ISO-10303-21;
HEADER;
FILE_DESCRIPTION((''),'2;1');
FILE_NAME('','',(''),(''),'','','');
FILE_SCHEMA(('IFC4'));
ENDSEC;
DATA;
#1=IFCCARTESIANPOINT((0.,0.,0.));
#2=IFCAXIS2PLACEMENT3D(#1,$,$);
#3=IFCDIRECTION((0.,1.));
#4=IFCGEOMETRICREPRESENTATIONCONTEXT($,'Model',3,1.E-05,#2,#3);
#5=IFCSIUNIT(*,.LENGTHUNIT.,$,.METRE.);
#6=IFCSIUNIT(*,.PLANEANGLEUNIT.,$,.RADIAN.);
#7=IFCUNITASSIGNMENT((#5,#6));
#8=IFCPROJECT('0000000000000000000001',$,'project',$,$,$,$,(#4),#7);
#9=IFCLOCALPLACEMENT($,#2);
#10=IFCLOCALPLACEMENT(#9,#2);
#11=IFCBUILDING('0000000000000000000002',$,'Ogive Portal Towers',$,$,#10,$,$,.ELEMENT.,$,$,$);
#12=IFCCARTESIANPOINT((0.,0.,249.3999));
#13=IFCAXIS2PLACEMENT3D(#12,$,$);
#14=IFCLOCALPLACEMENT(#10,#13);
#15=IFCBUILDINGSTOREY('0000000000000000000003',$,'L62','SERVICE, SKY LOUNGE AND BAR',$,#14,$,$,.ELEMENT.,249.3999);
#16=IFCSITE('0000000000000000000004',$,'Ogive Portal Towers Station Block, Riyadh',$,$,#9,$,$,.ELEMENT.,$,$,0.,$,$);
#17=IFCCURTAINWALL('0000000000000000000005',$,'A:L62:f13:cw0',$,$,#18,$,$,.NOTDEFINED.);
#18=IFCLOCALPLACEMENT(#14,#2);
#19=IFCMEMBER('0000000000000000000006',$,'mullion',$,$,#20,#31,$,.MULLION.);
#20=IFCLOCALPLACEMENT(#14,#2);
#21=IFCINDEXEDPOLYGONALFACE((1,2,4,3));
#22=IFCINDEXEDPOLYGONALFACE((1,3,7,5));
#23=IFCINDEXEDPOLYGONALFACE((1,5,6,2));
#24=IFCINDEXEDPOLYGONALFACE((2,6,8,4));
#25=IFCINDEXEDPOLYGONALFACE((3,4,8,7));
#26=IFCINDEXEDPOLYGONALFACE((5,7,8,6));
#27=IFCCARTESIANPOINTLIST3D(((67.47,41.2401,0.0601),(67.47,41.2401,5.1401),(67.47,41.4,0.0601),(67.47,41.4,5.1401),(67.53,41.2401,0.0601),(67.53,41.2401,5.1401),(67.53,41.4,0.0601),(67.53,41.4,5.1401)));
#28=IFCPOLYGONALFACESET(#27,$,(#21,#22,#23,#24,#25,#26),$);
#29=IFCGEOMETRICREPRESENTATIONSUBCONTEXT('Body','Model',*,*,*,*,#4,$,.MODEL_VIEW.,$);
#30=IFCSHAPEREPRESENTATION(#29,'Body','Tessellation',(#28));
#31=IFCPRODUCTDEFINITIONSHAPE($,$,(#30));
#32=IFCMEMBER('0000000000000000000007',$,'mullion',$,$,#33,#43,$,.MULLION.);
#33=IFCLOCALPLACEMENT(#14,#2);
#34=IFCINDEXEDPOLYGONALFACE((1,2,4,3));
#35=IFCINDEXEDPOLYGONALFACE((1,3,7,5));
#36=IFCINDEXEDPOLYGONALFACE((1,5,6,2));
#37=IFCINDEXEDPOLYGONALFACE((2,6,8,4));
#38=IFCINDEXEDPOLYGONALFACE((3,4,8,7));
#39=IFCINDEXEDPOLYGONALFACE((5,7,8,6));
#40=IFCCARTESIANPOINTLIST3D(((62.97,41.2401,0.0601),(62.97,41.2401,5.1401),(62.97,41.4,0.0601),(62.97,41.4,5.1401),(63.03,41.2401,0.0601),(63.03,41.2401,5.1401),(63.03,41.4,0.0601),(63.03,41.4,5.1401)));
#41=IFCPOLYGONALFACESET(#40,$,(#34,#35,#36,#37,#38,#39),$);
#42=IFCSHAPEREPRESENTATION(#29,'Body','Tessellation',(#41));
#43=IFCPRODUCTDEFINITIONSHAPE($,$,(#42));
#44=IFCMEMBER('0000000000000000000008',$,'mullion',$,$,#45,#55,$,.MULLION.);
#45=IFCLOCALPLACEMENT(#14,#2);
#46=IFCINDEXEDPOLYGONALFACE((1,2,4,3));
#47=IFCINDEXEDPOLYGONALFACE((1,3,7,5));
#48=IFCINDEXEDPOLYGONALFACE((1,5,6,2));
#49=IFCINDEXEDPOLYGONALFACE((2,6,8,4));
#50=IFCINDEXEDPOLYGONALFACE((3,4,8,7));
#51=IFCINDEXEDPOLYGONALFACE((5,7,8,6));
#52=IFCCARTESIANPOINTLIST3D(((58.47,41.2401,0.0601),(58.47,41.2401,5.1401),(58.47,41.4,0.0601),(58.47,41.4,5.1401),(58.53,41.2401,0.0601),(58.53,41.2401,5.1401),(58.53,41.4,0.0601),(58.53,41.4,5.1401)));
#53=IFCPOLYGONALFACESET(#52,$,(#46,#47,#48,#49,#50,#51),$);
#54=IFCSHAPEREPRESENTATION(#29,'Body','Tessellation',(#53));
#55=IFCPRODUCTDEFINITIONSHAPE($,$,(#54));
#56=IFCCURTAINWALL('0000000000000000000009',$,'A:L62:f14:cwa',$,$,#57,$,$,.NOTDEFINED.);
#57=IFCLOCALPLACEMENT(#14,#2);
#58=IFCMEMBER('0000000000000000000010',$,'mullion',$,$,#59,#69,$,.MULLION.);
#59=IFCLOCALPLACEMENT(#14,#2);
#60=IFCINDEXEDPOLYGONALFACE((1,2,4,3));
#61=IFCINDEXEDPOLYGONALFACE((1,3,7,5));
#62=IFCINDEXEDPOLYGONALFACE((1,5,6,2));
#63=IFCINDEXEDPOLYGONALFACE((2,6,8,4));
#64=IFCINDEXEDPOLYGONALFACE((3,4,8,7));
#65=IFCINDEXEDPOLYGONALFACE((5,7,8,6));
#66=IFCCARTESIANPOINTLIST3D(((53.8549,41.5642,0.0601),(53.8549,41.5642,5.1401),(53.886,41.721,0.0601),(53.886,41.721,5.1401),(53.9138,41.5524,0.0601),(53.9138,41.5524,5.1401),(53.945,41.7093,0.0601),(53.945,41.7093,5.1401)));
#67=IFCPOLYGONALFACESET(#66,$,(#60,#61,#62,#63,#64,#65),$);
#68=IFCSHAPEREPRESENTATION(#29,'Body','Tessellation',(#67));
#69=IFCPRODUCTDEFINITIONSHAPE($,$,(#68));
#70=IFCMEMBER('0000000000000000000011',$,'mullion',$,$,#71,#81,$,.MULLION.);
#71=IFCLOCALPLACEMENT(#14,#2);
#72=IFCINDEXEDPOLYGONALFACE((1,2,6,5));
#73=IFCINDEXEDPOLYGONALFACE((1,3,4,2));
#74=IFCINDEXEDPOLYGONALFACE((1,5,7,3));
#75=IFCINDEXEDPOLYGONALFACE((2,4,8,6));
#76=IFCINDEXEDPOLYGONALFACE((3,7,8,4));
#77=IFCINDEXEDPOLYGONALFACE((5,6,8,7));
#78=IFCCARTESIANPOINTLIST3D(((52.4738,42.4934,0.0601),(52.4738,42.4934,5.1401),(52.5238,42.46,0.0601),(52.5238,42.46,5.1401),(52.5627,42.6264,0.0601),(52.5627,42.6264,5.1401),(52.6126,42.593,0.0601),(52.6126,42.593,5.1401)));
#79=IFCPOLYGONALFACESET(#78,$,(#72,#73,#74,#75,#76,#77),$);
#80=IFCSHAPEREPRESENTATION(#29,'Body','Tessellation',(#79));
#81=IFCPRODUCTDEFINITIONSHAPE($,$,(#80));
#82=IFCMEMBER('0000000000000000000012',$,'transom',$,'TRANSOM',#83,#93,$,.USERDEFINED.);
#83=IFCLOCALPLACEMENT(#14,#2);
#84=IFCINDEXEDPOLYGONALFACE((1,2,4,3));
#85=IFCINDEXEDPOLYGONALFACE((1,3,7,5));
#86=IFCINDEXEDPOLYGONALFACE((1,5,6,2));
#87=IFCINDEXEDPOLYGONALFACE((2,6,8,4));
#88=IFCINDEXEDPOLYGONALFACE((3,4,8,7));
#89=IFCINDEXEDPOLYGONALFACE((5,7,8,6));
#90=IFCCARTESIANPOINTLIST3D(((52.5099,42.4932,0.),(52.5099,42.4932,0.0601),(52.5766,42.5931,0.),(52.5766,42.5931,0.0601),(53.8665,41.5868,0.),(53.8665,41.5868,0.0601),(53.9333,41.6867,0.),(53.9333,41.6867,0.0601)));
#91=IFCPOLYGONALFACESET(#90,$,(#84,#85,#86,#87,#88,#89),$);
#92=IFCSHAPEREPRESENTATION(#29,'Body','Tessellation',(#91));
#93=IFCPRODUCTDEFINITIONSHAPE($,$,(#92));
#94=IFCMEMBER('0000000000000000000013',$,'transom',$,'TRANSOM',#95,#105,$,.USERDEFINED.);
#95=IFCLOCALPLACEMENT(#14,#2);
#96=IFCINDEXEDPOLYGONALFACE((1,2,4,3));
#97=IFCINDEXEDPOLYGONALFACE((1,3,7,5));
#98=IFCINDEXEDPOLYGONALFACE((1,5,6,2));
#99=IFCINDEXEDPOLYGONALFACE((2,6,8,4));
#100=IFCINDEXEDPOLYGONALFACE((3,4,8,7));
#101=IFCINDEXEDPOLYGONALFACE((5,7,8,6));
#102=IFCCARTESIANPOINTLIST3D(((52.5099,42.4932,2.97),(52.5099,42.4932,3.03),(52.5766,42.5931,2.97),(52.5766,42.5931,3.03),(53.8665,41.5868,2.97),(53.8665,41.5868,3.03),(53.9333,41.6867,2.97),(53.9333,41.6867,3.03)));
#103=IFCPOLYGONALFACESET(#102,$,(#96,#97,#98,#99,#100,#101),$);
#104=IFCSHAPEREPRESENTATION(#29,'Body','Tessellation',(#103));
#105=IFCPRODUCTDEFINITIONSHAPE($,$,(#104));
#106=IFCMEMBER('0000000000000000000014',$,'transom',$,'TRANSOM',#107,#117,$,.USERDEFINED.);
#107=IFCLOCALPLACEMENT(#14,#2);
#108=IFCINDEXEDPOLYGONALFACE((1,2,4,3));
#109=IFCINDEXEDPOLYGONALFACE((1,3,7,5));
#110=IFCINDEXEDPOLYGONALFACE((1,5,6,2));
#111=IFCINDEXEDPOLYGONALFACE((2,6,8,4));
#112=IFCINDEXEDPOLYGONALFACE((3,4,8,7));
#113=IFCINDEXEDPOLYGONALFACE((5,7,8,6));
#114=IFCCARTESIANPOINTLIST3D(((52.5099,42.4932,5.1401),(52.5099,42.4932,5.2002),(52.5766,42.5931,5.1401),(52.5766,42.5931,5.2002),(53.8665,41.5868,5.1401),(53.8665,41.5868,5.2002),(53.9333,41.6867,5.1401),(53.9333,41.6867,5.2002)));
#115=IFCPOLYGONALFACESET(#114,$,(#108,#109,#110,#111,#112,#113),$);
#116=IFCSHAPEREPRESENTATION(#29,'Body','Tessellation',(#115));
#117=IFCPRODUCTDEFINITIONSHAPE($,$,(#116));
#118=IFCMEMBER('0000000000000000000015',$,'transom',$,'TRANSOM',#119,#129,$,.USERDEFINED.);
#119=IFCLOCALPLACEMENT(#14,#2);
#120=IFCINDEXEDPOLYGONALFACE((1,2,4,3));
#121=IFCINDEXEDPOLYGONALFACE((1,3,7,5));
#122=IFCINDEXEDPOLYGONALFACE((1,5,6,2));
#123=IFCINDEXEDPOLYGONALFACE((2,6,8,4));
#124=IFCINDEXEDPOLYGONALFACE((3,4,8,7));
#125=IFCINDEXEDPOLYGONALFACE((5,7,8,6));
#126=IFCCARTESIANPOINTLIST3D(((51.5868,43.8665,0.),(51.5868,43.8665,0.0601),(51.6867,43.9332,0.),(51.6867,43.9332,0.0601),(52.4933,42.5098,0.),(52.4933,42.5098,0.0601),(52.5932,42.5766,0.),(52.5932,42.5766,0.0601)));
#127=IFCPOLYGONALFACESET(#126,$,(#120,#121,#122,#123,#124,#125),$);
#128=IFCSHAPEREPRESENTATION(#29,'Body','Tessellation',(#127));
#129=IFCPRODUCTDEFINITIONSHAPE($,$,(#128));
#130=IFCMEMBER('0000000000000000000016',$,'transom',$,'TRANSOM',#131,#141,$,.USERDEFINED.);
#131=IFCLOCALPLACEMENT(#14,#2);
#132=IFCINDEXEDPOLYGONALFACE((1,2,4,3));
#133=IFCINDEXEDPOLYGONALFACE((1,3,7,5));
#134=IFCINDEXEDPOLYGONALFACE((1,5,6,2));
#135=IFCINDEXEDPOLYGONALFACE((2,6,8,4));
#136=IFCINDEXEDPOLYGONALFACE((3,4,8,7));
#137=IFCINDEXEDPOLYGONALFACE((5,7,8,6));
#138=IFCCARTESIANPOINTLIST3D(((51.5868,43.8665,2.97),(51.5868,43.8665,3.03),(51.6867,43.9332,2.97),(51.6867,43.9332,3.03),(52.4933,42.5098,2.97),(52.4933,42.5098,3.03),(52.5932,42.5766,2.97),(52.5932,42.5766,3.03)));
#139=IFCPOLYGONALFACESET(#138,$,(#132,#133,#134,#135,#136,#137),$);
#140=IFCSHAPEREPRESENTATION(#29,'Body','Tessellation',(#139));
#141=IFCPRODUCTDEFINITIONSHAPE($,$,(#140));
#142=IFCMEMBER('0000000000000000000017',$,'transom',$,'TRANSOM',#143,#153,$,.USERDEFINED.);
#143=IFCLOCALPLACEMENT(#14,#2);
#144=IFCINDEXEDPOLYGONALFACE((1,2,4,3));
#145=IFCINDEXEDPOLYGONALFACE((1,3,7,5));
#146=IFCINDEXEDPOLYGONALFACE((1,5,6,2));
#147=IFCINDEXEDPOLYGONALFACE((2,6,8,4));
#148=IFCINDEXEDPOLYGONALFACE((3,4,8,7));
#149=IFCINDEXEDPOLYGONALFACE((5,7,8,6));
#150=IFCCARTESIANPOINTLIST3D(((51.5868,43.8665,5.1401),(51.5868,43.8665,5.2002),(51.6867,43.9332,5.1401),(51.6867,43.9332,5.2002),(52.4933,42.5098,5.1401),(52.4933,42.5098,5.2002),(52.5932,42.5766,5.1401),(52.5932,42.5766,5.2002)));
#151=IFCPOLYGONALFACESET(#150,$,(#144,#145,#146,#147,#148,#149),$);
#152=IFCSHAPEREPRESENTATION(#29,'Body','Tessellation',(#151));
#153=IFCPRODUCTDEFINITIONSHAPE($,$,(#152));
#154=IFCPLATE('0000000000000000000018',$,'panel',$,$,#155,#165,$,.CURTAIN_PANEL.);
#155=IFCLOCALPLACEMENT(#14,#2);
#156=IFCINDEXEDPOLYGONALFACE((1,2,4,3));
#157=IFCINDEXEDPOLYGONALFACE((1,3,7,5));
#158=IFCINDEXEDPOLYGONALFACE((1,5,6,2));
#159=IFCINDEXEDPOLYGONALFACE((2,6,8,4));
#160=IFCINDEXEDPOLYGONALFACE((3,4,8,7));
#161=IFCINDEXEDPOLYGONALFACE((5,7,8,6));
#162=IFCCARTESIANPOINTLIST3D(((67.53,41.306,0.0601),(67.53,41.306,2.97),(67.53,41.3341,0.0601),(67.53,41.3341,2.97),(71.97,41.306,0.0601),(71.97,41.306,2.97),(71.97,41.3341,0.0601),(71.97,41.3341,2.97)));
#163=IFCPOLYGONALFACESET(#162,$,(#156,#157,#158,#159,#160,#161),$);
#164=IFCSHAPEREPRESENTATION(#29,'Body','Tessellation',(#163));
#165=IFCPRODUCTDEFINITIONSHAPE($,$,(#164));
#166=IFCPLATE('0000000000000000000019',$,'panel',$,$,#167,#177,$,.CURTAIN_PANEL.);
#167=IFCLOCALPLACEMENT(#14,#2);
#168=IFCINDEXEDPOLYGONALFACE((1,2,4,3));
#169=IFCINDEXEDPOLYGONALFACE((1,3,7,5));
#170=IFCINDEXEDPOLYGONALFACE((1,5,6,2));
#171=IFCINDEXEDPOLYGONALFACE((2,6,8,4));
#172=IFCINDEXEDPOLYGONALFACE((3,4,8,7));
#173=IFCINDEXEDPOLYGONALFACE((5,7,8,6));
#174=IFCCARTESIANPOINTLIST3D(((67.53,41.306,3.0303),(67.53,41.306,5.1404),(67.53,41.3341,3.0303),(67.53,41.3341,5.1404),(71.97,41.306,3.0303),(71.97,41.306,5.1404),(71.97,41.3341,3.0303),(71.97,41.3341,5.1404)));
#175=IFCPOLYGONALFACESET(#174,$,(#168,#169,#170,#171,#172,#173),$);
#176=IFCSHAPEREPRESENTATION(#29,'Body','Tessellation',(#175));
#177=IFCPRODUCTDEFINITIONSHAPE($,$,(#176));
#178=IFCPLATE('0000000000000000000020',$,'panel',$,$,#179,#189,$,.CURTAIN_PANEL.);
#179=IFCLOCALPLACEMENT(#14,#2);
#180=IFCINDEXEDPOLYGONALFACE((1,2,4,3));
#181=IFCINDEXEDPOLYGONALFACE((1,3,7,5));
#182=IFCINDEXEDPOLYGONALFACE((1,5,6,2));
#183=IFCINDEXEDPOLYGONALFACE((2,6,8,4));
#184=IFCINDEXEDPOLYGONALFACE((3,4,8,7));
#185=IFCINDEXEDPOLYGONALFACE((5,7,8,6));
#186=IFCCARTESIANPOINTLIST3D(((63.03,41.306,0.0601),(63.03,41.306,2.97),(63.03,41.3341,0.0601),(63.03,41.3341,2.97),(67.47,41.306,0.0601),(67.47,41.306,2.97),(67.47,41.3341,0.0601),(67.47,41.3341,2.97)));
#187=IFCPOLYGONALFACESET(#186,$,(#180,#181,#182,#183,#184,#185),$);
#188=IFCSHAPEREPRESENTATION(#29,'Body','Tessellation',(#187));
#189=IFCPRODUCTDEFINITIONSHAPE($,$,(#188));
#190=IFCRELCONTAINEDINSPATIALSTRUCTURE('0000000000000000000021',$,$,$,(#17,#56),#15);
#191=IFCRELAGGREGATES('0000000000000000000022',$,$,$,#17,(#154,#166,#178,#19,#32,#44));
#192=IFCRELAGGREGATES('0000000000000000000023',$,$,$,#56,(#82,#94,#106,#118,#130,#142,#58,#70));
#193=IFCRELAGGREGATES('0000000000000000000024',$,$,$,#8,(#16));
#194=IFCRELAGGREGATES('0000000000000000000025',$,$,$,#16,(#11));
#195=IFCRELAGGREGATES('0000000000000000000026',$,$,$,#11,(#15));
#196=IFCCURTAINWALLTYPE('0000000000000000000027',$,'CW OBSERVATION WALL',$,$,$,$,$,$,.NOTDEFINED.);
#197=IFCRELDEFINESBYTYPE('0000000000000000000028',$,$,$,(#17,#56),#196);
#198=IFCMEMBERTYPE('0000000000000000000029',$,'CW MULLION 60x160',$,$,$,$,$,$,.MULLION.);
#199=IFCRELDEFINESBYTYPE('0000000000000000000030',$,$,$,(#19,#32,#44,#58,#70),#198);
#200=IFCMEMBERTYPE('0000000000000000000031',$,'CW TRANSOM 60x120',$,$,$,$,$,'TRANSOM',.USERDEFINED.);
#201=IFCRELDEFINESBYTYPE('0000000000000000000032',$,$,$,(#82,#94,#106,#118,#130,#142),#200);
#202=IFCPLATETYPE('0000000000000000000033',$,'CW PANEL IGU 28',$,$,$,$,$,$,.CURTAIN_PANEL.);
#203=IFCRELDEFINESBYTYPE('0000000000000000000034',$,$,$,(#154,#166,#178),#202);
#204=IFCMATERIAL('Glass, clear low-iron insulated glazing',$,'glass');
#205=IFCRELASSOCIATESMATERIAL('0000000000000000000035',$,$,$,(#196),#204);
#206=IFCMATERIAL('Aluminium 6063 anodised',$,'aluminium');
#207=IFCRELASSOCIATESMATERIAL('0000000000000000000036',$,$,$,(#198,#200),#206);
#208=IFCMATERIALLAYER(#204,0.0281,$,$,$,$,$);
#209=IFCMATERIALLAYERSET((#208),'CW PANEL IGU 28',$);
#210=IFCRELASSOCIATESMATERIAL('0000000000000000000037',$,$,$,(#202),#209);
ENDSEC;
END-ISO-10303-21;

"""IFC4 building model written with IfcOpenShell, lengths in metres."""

from ifc_helpers import new_model, si_unit, direction, frame, origin, origin_2d, place, context, subcontext, project, spatial, rectangle, extrude, material, layer, layer_set, material_profile, profile_set, type_object, element, aggregate, save


model = new_model("IFC4")

# Units and contexts
model_context = context("Model", 3, precision=1e-05, world=origin(), true_north=direction((0.0, 1.0)))
body_context = subcontext(model_context, "Body", "Model", "MODEL_VIEW")
ifc_project = project(units=[si_unit("LENGTHUNIT", "METRE"), si_unit("PLANEANGLEUNIT", "RADIAN")], contexts=[model_context])

# Site, building, storey
site_placement = place(None, origin())
site = spatial("IfcSite", under=ifc_project, at=site_placement, Name="Ogive Portal Towers Station Block, Riyadh", CompositionType="ELEMENT", RefElevation=0.0)
building_placement = place(site_placement, origin())
building = spatial("IfcBuilding", under=site, at=building_placement, Name="Ogive Portal Towers", CompositionType="ELEMENT")
storey_placement = place(building_placement, frame((0.0, 0.0, 249.3999)))
storey = spatial("IfcBuildingStorey", under=building, at=storey_placement, Name="L62", Description="SERVICE, SKY LOUNGE AND BAR", CompositionType="ELEMENT", Elevation=249.3999)

# Curtain walls, members
ifc_material_1 = material(Name="Glass, clear low-iron insulated glazing", Category="glass")
curtain_wall_type = type_object("IfcCurtainWallType", Name="CW OBSERVATION WALL", PredefinedType="NOTDEFINED", material=ifc_material_1)
curtain_wall_1_placement = place(storey_placement, origin())
curtain_wall_1 = element("IfcCurtainWall", 1, at=curtain_wall_1_placement, inside=storey, type_object=curtain_wall_type, Name="A:L62:f13:cw0", PredefinedType="NOTDEFINED")
ifc_material_2 = material(Name="Aluminium 6063 anodised", Category="aluminium")
ifc_material_profile_1 = material_profile(ifc_material_2, rectangle(XDim=0.1599, YDim=0.0601, at=origin_2d()), Name="AL 60x160")
ifc_profile_set_1 = profile_set([ifc_material_profile_1], Name="Aluminium 6063 anodised")
member_type_1 = type_object("IfcMemberType", Name="CW MULLION 60x160", PredefinedType="MULLION", material=ifc_profile_set_1)
member_1_placement = place(storey_placement, frame((67.5, 41.3201, 0.0601), z_axis=(0.0, 0.0, 1.0), x_axis=(0.0, -1.0, 0.0)))
member_1 = element("IfcMember", 2, at=member_1_placement, type_object=member_type_1, Name="mullion", PredefinedType="MULLION", context=body_context, shape_type="SweptSolid", body=[
    extrude(rectangle(XDim=0.1599, YDim=0.0601, at=origin_2d()), origin(), (0.0, 0.0, 1.0), 5.0801),
])
member_2_placement = place(storey_placement, frame((63.0, 41.3201, 0.0601), z_axis=(0.0, 0.0, 1.0), x_axis=(0.0, -1.0, 0.0)))
member_2 = element("IfcMember", 3, at=member_2_placement, type_object=member_type_1, Name="mullion", PredefinedType="MULLION", context=body_context, shape_type="SweptSolid", body=[
    extrude(rectangle(XDim=0.1599, YDim=0.0601, at=origin_2d()), origin(), (0.0, 0.0, 1.0), 5.0801),
])
member_3_placement = place(storey_placement, frame((58.5, 41.3201, 0.0601), z_axis=(0.0, 0.0, 1.0), x_axis=(0.0, -1.0, 0.0)))
member_3 = element("IfcMember", 4, at=member_3_placement, type_object=member_type_1, Name="mullion", PredefinedType="MULLION", context=body_context, shape_type="SweptSolid", body=[
    extrude(rectangle(XDim=0.1599, YDim=0.0601, at=origin_2d()), origin(), (0.0, 0.0, 1.0), 5.0801),
])
curtain_wall_2_placement = place(storey_placement, origin())
curtain_wall_2 = element("IfcCurtainWall", 5, at=curtain_wall_2_placement, inside=storey, type_object=curtain_wall_type, Name="A:L62:f14:cwa", PredefinedType="NOTDEFINED")
member_4_placement = place(storey_placement, frame((53.8999, 41.6367, 0.0601), z_axis=(0.0, 0.0, 1.0), x_axis=(-0.19509, -0.980785, 0.0)))
member_4 = element("IfcMember", 6, at=member_4_placement, type_object=member_type_1, Name="mullion", PredefinedType="MULLION", context=body_context, shape_type="SweptSolid", body=[
    extrude(rectangle(XDim=0.1599, YDim=0.0601, at=origin_2d()), origin(), (0.0, 0.0, 1.0), 5.0801),
])
member_5_placement = place(storey_placement, frame((52.5432, 42.5432, 0.0601), z_axis=(0.0, 0.0, 1.0), x_axis=(-0.55557, -0.83147, 0.0)))
member_5 = element("IfcMember", 7, at=member_5_placement, type_object=member_type_1, Name="mullion", PredefinedType="MULLION", context=body_context, shape_type="SweptSolid", body=[
    extrude(rectangle(XDim=0.1599, YDim=0.0601, at=origin_2d()), origin(), (0.0, 0.0, 1.0), 5.0801),
])
ifc_material_profile_2 = material_profile(ifc_material_2, rectangle(XDim=0.1201, YDim=0.0601, at=origin_2d()), Name="AL 120x60")
ifc_profile_set_2 = profile_set([ifc_material_profile_2], Name="Aluminium 6063 anodised")
member_type_2 = type_object("IfcMemberType", Name="CW TRANSOM 60x120", ElementType="TRANSOM", PredefinedType="USERDEFINED", material=ifc_profile_set_2)
member_6_placement = place(storey_placement, frame((53.8999, 41.6367, 0.03), z_axis=(-0.831474, 0.555563, 0.0), x_axis=(-0.555563, -0.831474, 0.0)))
member_6 = element("IfcMember", 8, at=member_6_placement, type_object=member_type_2, Name="transom", ObjectType="TRANSOM", PredefinedType="USERDEFINED", context=body_context, shape_type="SweptSolid", body=[
    extrude(rectangle(XDim=0.1201, YDim=0.0601, at=origin_2d()), origin(), (0.0, 0.0, 1.0), 1.6316),
])
member_7_placement = place(storey_placement, frame((53.8999, 41.6367, 3.0), z_axis=(-0.831474, 0.555563, 0.0), x_axis=(-0.555563, -0.831474, 0.0)))
member_7 = element("IfcMember", 9, at=member_7_placement, type_object=member_type_2, Name="transom", ObjectType="TRANSOM", PredefinedType="USERDEFINED", context=body_context, shape_type="SweptSolid", body=[
    extrude(rectangle(XDim=0.1201, YDim=0.0601, at=origin_2d()), origin(), (0.0, 0.0, 1.0), 1.6316),
])
member_8_placement = place(storey_placement, frame((53.8999, 41.6367, 5.1702), z_axis=(-0.831474, 0.555563, 0.0), x_axis=(-0.555563, -0.831474, 0.0)))
member_8 = element("IfcMember", 10, at=member_8_placement, type_object=member_type_2, Name="transom", ObjectType="TRANSOM", PredefinedType="USERDEFINED", context=body_context, shape_type="SweptSolid", body=[
    extrude(rectangle(XDim=0.1201, YDim=0.0601, at=origin_2d()), origin(), (0.0, 0.0, 1.0), 1.6316),
])
member_9_placement = place(storey_placement, frame((52.5432, 42.5432, 0.03), z_axis=(-0.555563, 0.831474, 0.0), x_axis=(-0.831474, -0.555563, 0.0)))
member_9 = element("IfcMember", 11, at=member_9_placement, type_object=member_type_2, Name="transom", ObjectType="TRANSOM", PredefinedType="USERDEFINED", context=body_context, shape_type="SweptSolid", body=[
    extrude(rectangle(XDim=0.1201, YDim=0.0601, at=origin_2d()), origin(), (0.0, 0.0, 1.0), 1.6316),
])
member_10_placement = place(storey_placement, frame((52.5432, 42.5432, 3.0), z_axis=(-0.555563, 0.831474, 0.0), x_axis=(-0.831474, -0.555563, 0.0)))
member_10 = element("IfcMember", 12, at=member_10_placement, type_object=member_type_2, Name="transom", ObjectType="TRANSOM", PredefinedType="USERDEFINED", context=body_context, shape_type="SweptSolid", body=[
    extrude(rectangle(XDim=0.1201, YDim=0.0601, at=origin_2d()), origin(), (0.0, 0.0, 1.0), 1.6316),
])
member_11_placement = place(storey_placement, frame((52.5432, 42.5432, 5.1702), z_axis=(-0.555563, 0.831474, 0.0), x_axis=(-0.831474, -0.555563, 0.0)))
member_11 = element("IfcMember", 13, at=member_11_placement, type_object=member_type_2, Name="transom", ObjectType="TRANSOM", PredefinedType="USERDEFINED", context=body_context, shape_type="SweptSolid", body=[
    extrude(rectangle(XDim=0.1201, YDim=0.0601, at=origin_2d()), origin(), (0.0, 0.0, 1.0), 1.6316),
])

# Plates
ifc_layer = layer(ifc_material_1, 0.0281)
ifc_layer_set = layer_set([ifc_layer], Name="CW PANEL IGU 28")
plate_type = type_object("IfcPlateType", Name="CW PANEL IGU 28", PredefinedType="CURTAIN_PANEL", material=ifc_layer_set)
plate_1_placement = place(storey_placement, frame((69.75, 41.3201, 0.0601), z_axis=(0.0, 0.0, 1.0), x_axis=(-1.0, 0.0, 0.0)))
plate_1 = element("IfcPlate", 14, at=plate_1_placement, type_object=plate_type, Name="panel", PredefinedType="CURTAIN_PANEL", context=body_context, shape_type="SweptSolid", body=[
    extrude(rectangle(XDim=4.4399, YDim=0.0281, at=origin_2d()), origin(), (0.0, 0.0, 1.0), 2.9099),
])
plate_2_placement = place(storey_placement, frame((69.75, 41.3201, 3.0303), z_axis=(0.0, 0.0, 1.0), x_axis=(-1.0, 0.0, 0.0)))
plate_2 = element("IfcPlate", 15, at=plate_2_placement, type_object=plate_type, Name="panel", PredefinedType="CURTAIN_PANEL", context=body_context, shape_type="SweptSolid", body=[
    extrude(rectangle(XDim=4.4399, YDim=0.0281, at=origin_2d()), origin(), (0.0, 0.0, 1.0), 2.1101),
])
plate_3_placement = place(storey_placement, frame((65.25, 41.3201, 0.0601), z_axis=(0.0, 0.0, 1.0), x_axis=(-1.0, 0.0, 0.0)))
plate_3 = element("IfcPlate", 16, at=plate_3_placement, type_object=plate_type, Name="panel", PredefinedType="CURTAIN_PANEL", context=body_context, shape_type="SweptSolid", body=[
    extrude(rectangle(XDim=4.4399, YDim=0.0281, at=origin_2d()), origin(), (0.0, 0.0, 1.0), 2.9099),
])
aggregate(curtain_wall_1, [plate_1, plate_2, plate_3, member_1, member_2, member_3])
aggregate(curtain_wall_2, [member_6, member_7, member_8, member_9, member_10, member_11, member_4, member_5])

save(model, "model.ifc")
